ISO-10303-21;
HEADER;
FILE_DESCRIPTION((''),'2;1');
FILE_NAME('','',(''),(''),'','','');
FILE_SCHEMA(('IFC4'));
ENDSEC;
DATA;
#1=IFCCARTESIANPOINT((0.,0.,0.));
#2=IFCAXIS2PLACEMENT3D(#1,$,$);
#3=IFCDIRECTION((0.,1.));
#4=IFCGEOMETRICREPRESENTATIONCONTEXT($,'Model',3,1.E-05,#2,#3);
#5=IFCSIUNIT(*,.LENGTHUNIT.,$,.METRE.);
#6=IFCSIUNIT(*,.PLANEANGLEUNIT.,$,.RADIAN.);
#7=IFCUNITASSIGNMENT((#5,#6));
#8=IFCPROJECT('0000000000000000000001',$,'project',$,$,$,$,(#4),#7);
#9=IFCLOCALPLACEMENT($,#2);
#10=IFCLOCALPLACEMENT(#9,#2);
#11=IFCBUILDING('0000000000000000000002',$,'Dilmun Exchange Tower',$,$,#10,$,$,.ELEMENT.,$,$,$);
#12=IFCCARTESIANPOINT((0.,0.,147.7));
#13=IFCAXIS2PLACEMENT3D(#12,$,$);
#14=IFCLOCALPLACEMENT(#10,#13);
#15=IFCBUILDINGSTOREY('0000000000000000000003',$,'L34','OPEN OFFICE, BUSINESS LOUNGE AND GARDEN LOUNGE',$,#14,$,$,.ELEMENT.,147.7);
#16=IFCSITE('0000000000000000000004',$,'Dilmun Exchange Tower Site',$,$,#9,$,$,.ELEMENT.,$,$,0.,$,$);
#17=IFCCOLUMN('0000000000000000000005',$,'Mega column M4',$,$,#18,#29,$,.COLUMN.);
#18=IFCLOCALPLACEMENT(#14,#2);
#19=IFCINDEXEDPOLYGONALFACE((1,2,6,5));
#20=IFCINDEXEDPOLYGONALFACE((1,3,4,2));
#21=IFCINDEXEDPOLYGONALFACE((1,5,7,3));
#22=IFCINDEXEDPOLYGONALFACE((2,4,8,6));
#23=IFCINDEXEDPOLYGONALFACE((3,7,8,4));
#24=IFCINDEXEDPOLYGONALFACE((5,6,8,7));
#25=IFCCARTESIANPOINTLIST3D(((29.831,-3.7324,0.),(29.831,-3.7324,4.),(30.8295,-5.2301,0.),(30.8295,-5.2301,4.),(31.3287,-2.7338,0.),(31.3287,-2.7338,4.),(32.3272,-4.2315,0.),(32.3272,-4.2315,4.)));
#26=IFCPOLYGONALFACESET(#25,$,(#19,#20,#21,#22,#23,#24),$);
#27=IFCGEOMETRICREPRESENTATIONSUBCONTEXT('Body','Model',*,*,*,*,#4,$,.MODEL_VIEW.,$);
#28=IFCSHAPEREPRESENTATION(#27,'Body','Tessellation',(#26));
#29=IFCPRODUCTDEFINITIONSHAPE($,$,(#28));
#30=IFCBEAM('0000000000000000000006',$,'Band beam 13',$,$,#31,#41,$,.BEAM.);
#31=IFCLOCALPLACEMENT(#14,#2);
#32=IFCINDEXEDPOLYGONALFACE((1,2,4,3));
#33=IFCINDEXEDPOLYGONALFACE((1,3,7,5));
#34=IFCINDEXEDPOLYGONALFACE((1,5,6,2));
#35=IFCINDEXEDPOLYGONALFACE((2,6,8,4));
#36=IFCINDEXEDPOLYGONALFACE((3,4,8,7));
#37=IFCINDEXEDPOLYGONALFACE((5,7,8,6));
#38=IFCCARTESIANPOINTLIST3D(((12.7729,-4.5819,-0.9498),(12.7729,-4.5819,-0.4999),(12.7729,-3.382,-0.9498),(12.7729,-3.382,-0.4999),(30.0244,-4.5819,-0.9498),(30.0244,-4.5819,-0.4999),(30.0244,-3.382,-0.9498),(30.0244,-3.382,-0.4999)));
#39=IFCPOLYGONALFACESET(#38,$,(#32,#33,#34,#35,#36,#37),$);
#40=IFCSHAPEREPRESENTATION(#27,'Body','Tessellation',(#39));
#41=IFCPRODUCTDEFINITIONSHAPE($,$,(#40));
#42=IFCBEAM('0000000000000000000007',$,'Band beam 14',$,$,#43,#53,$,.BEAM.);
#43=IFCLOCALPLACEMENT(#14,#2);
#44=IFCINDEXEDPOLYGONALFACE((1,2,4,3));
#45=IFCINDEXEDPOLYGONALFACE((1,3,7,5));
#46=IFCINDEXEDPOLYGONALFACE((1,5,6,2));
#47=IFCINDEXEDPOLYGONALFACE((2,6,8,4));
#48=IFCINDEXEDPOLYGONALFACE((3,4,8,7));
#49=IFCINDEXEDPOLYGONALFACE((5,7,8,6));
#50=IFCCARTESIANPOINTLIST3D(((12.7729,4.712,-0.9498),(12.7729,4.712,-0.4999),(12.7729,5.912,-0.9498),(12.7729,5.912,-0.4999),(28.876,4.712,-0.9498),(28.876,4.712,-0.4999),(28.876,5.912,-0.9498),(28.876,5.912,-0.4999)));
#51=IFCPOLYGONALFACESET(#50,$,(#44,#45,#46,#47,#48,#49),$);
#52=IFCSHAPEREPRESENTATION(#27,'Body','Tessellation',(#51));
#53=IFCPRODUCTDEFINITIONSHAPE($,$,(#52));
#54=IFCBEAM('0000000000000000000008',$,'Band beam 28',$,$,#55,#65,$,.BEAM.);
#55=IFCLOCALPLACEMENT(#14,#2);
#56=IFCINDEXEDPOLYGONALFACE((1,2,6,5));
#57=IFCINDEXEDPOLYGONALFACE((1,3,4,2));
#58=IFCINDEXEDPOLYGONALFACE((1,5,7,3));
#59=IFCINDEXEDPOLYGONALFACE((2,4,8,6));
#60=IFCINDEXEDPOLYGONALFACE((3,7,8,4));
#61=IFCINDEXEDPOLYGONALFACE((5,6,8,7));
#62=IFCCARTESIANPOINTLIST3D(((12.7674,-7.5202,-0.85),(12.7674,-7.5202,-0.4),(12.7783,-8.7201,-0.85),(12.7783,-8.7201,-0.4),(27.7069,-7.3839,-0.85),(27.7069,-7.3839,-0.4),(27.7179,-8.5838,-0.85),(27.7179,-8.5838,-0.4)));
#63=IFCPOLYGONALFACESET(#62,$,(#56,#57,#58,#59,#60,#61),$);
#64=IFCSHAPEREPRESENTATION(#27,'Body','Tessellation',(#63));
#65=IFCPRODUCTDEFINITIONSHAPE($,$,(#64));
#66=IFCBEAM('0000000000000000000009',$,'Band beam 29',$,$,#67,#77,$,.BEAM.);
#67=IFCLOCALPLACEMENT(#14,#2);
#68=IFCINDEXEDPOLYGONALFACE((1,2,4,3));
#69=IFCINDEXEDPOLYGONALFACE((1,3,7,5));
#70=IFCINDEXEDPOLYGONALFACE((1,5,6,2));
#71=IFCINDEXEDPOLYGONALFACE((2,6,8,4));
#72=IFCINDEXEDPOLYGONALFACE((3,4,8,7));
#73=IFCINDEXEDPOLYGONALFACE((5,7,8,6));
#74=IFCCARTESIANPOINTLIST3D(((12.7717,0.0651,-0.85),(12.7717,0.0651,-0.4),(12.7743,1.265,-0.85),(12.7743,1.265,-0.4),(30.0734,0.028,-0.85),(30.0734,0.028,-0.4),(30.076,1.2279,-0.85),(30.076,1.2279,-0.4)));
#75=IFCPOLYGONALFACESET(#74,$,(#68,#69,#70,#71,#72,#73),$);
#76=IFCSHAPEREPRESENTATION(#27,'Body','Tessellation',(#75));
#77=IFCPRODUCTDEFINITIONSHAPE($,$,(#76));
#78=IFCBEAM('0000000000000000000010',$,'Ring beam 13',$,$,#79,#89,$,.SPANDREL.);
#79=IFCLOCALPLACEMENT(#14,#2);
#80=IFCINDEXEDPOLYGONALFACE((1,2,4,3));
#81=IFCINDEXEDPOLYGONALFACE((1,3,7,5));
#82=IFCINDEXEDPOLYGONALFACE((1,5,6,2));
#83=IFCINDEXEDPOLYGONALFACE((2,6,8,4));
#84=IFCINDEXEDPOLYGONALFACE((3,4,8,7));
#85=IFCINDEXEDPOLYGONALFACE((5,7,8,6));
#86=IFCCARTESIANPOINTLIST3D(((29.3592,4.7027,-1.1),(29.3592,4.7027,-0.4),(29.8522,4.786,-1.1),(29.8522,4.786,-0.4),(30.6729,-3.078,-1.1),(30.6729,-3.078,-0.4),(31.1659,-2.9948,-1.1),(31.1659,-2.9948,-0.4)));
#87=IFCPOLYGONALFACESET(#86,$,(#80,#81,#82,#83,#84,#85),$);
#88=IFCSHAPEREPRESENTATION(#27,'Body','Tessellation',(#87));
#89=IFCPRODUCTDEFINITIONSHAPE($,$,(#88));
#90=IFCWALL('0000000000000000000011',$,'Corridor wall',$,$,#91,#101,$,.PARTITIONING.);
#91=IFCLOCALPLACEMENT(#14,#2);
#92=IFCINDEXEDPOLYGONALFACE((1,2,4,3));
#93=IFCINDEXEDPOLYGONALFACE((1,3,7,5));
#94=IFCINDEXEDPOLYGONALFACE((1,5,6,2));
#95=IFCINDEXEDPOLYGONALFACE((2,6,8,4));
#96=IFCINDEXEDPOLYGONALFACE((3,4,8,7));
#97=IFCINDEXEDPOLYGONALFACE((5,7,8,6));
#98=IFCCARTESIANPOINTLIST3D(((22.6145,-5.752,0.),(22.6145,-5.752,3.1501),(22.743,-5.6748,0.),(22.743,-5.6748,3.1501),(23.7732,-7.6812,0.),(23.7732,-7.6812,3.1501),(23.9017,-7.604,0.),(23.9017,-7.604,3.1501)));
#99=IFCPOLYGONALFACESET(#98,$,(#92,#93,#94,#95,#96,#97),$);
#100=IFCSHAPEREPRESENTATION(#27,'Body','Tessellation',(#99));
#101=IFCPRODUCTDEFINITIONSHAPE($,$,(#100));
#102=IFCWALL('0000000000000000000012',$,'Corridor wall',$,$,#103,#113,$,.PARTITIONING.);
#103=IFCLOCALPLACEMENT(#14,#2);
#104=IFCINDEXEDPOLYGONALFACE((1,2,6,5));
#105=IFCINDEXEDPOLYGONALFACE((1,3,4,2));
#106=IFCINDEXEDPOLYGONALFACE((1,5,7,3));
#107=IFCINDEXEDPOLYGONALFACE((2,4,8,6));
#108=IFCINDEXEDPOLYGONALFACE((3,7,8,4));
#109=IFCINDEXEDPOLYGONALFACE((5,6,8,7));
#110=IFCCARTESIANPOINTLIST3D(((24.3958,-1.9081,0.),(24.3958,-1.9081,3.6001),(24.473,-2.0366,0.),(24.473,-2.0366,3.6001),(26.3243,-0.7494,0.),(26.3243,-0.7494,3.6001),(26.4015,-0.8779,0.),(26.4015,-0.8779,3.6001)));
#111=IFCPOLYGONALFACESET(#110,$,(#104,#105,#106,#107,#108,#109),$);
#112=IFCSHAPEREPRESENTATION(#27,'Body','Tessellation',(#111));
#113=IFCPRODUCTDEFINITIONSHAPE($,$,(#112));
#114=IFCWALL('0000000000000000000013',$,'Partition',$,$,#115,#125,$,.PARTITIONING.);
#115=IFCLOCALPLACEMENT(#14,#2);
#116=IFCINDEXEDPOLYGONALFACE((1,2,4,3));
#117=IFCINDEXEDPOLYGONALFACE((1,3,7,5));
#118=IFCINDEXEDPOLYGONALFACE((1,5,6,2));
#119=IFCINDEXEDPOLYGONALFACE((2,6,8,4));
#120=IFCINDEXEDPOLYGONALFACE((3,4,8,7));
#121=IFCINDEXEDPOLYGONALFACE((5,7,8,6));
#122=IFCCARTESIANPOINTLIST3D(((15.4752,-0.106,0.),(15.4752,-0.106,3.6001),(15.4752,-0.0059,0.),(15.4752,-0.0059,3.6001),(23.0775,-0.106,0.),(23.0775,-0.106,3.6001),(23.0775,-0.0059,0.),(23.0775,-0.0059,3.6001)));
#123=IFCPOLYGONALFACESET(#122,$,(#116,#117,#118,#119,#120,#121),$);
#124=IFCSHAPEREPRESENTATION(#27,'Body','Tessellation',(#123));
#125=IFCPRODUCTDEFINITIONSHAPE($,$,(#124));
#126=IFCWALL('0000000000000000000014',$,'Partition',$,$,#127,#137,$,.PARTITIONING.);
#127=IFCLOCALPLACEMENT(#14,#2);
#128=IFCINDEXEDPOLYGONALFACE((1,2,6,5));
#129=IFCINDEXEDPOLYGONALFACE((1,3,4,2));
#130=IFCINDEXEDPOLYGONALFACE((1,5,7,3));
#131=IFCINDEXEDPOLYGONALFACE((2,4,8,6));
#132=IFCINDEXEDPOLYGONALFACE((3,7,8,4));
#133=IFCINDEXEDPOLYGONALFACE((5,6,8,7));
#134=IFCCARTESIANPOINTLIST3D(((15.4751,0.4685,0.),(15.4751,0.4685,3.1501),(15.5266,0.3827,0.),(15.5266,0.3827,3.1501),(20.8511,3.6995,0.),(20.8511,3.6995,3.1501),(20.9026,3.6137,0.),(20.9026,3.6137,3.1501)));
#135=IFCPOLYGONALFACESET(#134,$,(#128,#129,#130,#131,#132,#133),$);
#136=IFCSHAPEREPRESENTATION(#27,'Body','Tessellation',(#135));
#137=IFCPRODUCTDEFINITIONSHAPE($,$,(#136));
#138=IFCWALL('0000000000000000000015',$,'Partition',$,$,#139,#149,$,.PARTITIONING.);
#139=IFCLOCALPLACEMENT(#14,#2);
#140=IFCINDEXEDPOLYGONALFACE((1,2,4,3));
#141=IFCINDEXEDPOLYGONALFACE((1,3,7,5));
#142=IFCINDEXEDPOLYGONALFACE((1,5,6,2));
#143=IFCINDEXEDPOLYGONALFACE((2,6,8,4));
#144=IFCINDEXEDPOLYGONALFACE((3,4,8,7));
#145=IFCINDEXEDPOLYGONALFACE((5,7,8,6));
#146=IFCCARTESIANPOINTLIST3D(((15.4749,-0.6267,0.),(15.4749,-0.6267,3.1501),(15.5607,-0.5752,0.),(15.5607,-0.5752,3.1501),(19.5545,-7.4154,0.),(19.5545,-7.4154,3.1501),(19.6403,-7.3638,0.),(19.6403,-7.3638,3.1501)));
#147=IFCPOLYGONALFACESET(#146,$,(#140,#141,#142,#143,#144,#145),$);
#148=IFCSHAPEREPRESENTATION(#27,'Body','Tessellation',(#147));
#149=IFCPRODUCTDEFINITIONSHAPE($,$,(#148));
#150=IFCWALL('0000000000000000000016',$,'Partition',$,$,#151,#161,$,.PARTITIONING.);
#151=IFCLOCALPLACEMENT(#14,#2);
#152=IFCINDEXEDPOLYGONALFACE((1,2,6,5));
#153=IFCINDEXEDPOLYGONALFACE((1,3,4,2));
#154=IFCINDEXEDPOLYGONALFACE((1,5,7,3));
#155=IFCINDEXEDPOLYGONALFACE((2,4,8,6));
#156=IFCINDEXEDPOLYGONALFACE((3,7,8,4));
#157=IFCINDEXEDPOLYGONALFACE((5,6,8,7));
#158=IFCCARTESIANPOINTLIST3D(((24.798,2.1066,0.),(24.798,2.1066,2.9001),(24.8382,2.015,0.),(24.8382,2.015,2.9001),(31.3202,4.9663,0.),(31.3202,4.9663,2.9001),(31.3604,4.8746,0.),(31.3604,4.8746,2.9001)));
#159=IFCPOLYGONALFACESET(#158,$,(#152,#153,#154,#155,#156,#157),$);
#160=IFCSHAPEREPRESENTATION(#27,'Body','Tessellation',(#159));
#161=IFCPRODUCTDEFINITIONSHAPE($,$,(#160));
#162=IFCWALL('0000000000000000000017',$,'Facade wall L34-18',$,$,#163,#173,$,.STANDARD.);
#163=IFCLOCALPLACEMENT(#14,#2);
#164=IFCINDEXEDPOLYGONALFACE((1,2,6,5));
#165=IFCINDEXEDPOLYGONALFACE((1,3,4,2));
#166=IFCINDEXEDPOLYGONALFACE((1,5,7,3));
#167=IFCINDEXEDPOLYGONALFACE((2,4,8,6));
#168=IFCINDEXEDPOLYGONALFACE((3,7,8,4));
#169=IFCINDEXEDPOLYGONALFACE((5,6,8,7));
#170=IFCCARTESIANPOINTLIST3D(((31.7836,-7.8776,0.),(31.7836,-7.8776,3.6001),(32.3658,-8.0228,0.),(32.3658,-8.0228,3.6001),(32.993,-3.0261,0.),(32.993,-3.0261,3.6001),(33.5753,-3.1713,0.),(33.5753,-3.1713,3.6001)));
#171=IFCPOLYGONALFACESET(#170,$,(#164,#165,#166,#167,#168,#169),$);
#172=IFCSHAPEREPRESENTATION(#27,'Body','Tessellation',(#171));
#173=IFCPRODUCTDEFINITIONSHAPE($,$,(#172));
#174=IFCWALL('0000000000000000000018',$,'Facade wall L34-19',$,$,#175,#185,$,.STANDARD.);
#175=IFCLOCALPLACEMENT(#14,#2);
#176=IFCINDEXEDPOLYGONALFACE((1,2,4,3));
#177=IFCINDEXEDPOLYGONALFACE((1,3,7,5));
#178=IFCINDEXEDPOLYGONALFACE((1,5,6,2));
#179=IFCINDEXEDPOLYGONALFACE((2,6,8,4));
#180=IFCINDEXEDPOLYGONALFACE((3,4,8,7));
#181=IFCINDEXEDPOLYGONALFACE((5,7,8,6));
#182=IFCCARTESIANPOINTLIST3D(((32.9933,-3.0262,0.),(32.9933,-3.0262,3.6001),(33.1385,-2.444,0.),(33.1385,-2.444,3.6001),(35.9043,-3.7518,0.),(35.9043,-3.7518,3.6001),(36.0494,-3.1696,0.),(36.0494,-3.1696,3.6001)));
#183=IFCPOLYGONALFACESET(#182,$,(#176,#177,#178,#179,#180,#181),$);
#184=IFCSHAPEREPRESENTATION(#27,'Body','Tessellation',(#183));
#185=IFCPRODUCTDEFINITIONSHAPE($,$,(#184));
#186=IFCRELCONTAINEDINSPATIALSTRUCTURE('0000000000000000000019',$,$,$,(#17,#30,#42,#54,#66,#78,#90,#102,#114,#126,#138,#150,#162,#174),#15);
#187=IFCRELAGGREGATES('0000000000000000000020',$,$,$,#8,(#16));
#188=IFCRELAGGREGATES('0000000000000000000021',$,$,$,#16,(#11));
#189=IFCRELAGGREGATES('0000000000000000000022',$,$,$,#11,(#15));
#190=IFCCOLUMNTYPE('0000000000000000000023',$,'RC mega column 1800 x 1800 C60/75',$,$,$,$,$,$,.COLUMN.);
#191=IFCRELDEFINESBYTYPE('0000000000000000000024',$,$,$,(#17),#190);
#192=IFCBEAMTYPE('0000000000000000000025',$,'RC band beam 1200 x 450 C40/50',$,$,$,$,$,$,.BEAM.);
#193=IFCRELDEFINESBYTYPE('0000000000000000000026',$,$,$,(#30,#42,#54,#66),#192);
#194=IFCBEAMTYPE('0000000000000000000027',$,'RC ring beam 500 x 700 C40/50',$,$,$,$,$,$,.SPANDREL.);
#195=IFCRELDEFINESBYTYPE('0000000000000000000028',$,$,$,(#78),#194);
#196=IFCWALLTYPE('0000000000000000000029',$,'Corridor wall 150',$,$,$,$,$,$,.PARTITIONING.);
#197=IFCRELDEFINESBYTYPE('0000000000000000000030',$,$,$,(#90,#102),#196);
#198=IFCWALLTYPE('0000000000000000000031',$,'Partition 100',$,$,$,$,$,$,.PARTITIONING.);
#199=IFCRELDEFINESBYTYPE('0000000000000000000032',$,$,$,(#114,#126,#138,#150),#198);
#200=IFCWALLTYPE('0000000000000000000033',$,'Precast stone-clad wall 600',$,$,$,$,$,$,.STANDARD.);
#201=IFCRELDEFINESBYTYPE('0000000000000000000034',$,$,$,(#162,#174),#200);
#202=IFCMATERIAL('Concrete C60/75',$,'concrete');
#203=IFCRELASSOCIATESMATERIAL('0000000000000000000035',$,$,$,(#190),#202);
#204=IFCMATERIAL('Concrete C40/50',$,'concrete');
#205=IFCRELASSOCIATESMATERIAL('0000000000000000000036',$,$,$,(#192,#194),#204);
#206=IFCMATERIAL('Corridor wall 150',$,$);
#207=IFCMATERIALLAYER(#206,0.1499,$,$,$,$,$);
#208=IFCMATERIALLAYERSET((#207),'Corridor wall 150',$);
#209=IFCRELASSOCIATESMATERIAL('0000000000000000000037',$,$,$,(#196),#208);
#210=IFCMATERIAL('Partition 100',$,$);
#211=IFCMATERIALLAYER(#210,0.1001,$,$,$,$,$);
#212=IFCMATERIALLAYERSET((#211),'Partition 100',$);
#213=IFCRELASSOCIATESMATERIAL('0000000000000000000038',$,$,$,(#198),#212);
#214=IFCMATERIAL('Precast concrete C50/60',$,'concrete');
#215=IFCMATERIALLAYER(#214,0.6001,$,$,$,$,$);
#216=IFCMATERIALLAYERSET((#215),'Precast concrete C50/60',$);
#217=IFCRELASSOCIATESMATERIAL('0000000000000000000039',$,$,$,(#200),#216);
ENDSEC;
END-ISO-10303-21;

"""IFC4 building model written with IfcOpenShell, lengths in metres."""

from ifc_helpers import new_model, si_unit, direction, frame, frame_2d, origin, origin_2d, place, context, subcontext, project, spatial, rectangle, extrude, material, layer, layer_set, material_profile, profile_set, type_object, element, save


model = new_model("IFC4")

# Units and contexts
model_context = context("Model", 3, precision=1e-05, world=origin(), true_north=direction((0.0, 1.0)))
body_context = subcontext(model_context, "Body", "Model", "MODEL_VIEW")
ifc_project = project(units=[si_unit("LENGTHUNIT", "METRE"), si_unit("PLANEANGLEUNIT", "RADIAN")], contexts=[model_context])

# Site, building, storey
site_placement = place(None, origin())
site = spatial("IfcSite", under=ifc_project, at=site_placement, Name="Dilmun Exchange Tower Site", CompositionType="ELEMENT", RefElevation=0.0)
building_placement = place(site_placement, origin())
building = spatial("IfcBuilding", under=site, at=building_placement, Name="Dilmun Exchange Tower", CompositionType="ELEMENT")
storey_placement = place(building_placement, frame((0.0, 0.0, 147.7)))
storey = spatial("IfcBuildingStorey", under=building, at=storey_placement, Name="L34", Description="OPEN OFFICE, BUSINESS LOUNGE AND GARDEN LOUNGE", CompositionType="ELEMENT", Elevation=147.7)

# Column
ifc_material_1 = material(Name="Concrete C60/75", Category="concrete")
ifc_material_profile_1 = material_profile(ifc_material_1, rectangle(XDim=1.8, YDim=1.8, at=origin_2d()), Name="1800 x 1800")
ifc_profile_set_1 = profile_set([ifc_material_profile_1], Name="Concrete C60/75")
column_type = type_object("IfcColumnType", Name="RC mega column 1800 x 1800 C60/75", PredefinedType="COLUMN", material=ifc_profile_set_1)
column_placement = place(storey_placement, frame((31.0791, -3.9819, 0.0), z_axis=(0.0, 0.0, 1.0), x_axis=(0.832029, 0.554733, 0.0)))
element("IfcColumn", 1, at=column_placement, inside=storey, type_object=column_type, Name="Mega column M4", PredefinedType="COLUMN", context=body_context, shape_type="SweptSolid", body=[
    extrude(rectangle(XDim=1.8, YDim=1.8, at=origin_2d()), origin(), (0.0, 0.0, 1.0), 4.0),
])

# Beams
ifc_material_2 = material(Name="Concrete C40/50", Category="concrete")
ifc_material_profile_2 = material_profile(ifc_material_2, rectangle(XDim=1.2, YDim=0.45, at=origin_2d()), Name="1200 x 450")
ifc_profile_set_2 = profile_set([ifc_material_profile_2], Name="Concrete C40/50")
beam_type_1 = type_object("IfcBeamType", Name="RC band beam 1200 x 450 C40/50", PredefinedType="BEAM", material=ifc_profile_set_2)
beam_1_placement = place(storey_placement, frame((30.0244, -3.9819, -0.7249), z_axis=(-1.0, 0.0, 0.0), x_axis=(0.0, -1.0, 0.0)))
element("IfcBeam", 2, at=beam_1_placement, inside=storey, type_object=beam_type_1, Name="Band beam 13", PredefinedType="BEAM", context=body_context, shape_type="SweptSolid", body=[
    extrude(rectangle(XDim=1.2, YDim=0.45, at=origin_2d()), origin(), (0.0, 0.0, 1.0), 17.2515),
])
beam_2_placement = place(storey_placement, frame((28.876, 5.312, -0.7249), z_axis=(-1.0, 0.0, 0.0), x_axis=(0.0, -1.0, 0.0)))
element("IfcBeam", 3, at=beam_2_placement, inside=storey, type_object=beam_type_1, Name="Band beam 14", PredefinedType="BEAM", context=body_context, shape_type="SweptSolid", body=[
    extrude(rectangle(XDim=1.2, YDim=0.45, at=origin_2d()), origin(), (0.0, 0.0, 1.0), 16.103),
])
beam_3_placement = place(storey_placement, frame((27.7124, -7.9839, -0.625), z_axis=(-0.999958, -0.009118, 0.0), x_axis=(0.009118, -0.999958, 0.0)))
element("IfcBeam", 4, at=beam_3_placement, inside=storey, type_object=beam_type_1, Name="Band beam 28", PredefinedType="BEAM", context=body_context, shape_type="SweptSolid", body=[
    extrude(rectangle(XDim=1.2, YDim=0.45, at=origin_2d()), origin(), (0.0, 0.0, 1.0), 14.9402),
])
beam_4_placement = place(storey_placement, frame((30.0747, 0.6279, -0.625), z_axis=(-0.999998, 0.002145, 0.0), x_axis=(-0.002145, -0.999998, 0.0)))
element("IfcBeam", 5, at=beam_4_placement, inside=storey, type_object=beam_type_1, Name="Band beam 29", PredefinedType="BEAM", context=body_context, shape_type="SweptSolid", body=[
    extrude(rectangle(XDim=1.2, YDim=0.45, at=origin_2d()), origin(), (0.0, 0.0, 1.0), 17.3018),
])
ifc_material_profile_3 = material_profile(ifc_material_2, rectangle(XDim=0.5, YDim=0.7, at=origin_2d()), Name="500 x 700")
ifc_profile_set_3 = profile_set([ifc_material_profile_3], Name="Concrete C40/50")
beam_type_2 = type_object("IfcBeamType", Name="RC ring beam 500 x 700 C40/50", PredefinedType="SPANDREL", material=ifc_profile_set_3)
beam_5_placement = place(storey_placement, frame((30.9194, -3.0364, -0.75), z_axis=(-0.166486, 0.986044, 0.0), x_axis=(-0.986044, -0.166486, 0.0)))
element("IfcBeam", 6, at=beam_5_placement, inside=storey, type_object=beam_type_2, Name="Ring beam 13", PredefinedType="SPANDREL", context=body_context, shape_type="SweptSolid", body=[
    extrude(rectangle(XDim=0.5, YDim=0.7, at=origin_2d()), origin(), (0.0, 0.0, 1.0), 7.8909),
])

# Walls
ifc_material_3 = material(Name="Corridor wall 150")
ifc_layer_1 = layer(ifc_material_3, 0.1499)
ifc_layer_set_1 = layer_set([ifc_layer_1], Name="Corridor wall 150")
wall_type_1 = type_object("IfcWallType", Name="Corridor wall 150", PredefinedType="PARTITIONING", material=ifc_layer_set_1)
wall_1_placement = place(storey_placement, frame((22.6787, -5.7134, 0.0), z_axis=(0.0, 0.0, 1.0), x_axis=(0.514879, -0.857263, 0.0)))
element("IfcWall", 7, at=wall_1_placement, inside=storey, type_object=wall_type_1, Name="Corridor wall", PredefinedType="PARTITIONING", context=body_context, shape_type="SweptSolid", body=[
    extrude(rectangle(XDim=2.2505, YDim=0.1499, at=frame_2d((1.1252, 0.0))), origin(), (0.0, 0.0, 1.0), 3.1501),
])
wall_2_placement = place(storey_placement, frame((24.4343, -1.9724, 0.0), z_axis=(0.0, 0.0, 1.0), x_axis=(0.857177, 0.515022, 0.0)))
element("IfcWall", 8, at=wall_2_placement, inside=storey, type_object=wall_type_1, Name="Corridor wall", PredefinedType="PARTITIONING", context=body_context, shape_type="SweptSolid", body=[
    extrude(rectangle(XDim=2.2498, YDim=0.1499, at=frame_2d((1.125, 0.0))), origin(), (0.0, 0.0, 1.0), 3.6001),
])
ifc_material_4 = material(Name="Partition 100")
ifc_layer_2 = layer(ifc_material_4, 0.1001)
ifc_layer_set_2 = layer_set([ifc_layer_2], Name="Partition 100")
wall_type_2 = type_object("IfcWallType", Name="Partition 100", PredefinedType="PARTITIONING", material=ifc_layer_set_2)
wall_3_placement = place(storey_placement, frame((15.4751, -0.0559, 0.0), z_axis=(0.0, 0.0, 1.0), x_axis=(1.0, 0.0, 0.0)))
element("IfcWall", 9, at=wall_3_placement, inside=storey, type_object=wall_type_2, Name="Partition", PredefinedType="PARTITIONING", context=body_context, shape_type="SweptSolid", body=[
    extrude(rectangle(XDim=7.6023, YDim=0.1001, at=frame_2d((3.8013, 0.0))), origin(), (0.0, 0.0, 1.0), 3.6001),
])
wall_4_placement = place(storey_placement, frame((15.5007, 0.4255, 0.0), z_axis=(0.0, 0.0, 1.0), x_axis=(0.857115, 0.515125, 0.0)))
element("IfcWall", 10, at=wall_4_placement, inside=storey, type_object=wall_type_2, Name="Partition", PredefinedType="PARTITIONING", context=body_context, shape_type="SweptSolid", body=[
    extrude(rectangle(XDim=6.2722, YDim=0.1001, at=frame_2d((3.1362, 0.0))), origin(), (0.0, 0.0, 1.0), 3.1501),
])
wall_5_placement = place(storey_placement, frame((15.5178, -0.6011, 0.0), z_axis=(0.0, 0.0, 1.0), x_axis=(0.515094, -0.857134, 0.0)))
element("IfcWall", 11, at=wall_5_placement, inside=storey, type_object=wall_type_2, Name="Partition", PredefinedType="PARTITIONING", context=body_context, shape_type="SweptSolid", body=[
    extrude(rectangle(XDim=7.9202, YDim=0.1001, at=frame_2d((3.96, 0.0))), origin(), (0.0, 0.0, 1.0), 3.1501),
])
wall_6_placement = place(storey_placement, frame((24.8181, 2.0608, 0.0), z_axis=(0.0, 0.0, 1.0), x_axis=(0.91584, 0.401543, 0.0)))
element("IfcWall", 12, at=wall_6_placement, inside=storey, type_object=wall_type_2, Name="Partition", PredefinedType="PARTITIONING", context=body_context, shape_type="SweptSolid", body=[
    extrude(rectangle(XDim=7.1216, YDim=0.1001, at=frame_2d((3.5608, 0.0))), origin(), (0.0, 0.0, 1.0), 2.9001),
])
ifc_material_5 = material(Name="Precast concrete C50/60", Category="concrete")
ifc_layer_3 = layer(ifc_material_5, 0.6001)
ifc_layer_set_3 = layer_set([ifc_layer_3], Name="Precast concrete C50/60")
wall_type_3 = type_object("IfcWallType", Name="Precast stone-clad wall 600", PredefinedType="STANDARD", material=ifc_layer_set_3)
wall_7_placement = place(storey_placement, frame((32.0747, -7.9502, 0.0), z_axis=(0.0, 0.0, 1.0), x_axis=(0.241892, 0.970303, 0.0)))
element("IfcWall", 13, at=wall_7_placement, inside=storey, type_object=wall_type_3, Name="Facade wall L34-18", PredefinedType="STANDARD", context=body_context, shape_type="SweptSolid", body=[
    extrude(rectangle(XDim=5.0, YDim=0.6001, at=frame_2d((2.5, 0.0))), origin(), (0.0, 0.0, 1.0), 3.6001),
])
wall_8_placement = place(storey_placement, frame((33.0659, -2.7351, 0.0), z_axis=(0.0, 0.0, 1.0), x_axis=(0.97031, -0.241865, 0.0)))
element("IfcWall", 14, at=wall_8_placement, inside=storey, type_object=wall_type_3, Name="Facade wall L34-19", PredefinedType="STANDARD", context=body_context, shape_type="SweptSolid", body=[
    extrude(rectangle(XDim=3.0, YDim=0.6001, at=frame_2d((1.5, 0.0))), origin(), (0.0, 0.0, 1.0), 3.6001),
])

save(model, "model.ifc")
